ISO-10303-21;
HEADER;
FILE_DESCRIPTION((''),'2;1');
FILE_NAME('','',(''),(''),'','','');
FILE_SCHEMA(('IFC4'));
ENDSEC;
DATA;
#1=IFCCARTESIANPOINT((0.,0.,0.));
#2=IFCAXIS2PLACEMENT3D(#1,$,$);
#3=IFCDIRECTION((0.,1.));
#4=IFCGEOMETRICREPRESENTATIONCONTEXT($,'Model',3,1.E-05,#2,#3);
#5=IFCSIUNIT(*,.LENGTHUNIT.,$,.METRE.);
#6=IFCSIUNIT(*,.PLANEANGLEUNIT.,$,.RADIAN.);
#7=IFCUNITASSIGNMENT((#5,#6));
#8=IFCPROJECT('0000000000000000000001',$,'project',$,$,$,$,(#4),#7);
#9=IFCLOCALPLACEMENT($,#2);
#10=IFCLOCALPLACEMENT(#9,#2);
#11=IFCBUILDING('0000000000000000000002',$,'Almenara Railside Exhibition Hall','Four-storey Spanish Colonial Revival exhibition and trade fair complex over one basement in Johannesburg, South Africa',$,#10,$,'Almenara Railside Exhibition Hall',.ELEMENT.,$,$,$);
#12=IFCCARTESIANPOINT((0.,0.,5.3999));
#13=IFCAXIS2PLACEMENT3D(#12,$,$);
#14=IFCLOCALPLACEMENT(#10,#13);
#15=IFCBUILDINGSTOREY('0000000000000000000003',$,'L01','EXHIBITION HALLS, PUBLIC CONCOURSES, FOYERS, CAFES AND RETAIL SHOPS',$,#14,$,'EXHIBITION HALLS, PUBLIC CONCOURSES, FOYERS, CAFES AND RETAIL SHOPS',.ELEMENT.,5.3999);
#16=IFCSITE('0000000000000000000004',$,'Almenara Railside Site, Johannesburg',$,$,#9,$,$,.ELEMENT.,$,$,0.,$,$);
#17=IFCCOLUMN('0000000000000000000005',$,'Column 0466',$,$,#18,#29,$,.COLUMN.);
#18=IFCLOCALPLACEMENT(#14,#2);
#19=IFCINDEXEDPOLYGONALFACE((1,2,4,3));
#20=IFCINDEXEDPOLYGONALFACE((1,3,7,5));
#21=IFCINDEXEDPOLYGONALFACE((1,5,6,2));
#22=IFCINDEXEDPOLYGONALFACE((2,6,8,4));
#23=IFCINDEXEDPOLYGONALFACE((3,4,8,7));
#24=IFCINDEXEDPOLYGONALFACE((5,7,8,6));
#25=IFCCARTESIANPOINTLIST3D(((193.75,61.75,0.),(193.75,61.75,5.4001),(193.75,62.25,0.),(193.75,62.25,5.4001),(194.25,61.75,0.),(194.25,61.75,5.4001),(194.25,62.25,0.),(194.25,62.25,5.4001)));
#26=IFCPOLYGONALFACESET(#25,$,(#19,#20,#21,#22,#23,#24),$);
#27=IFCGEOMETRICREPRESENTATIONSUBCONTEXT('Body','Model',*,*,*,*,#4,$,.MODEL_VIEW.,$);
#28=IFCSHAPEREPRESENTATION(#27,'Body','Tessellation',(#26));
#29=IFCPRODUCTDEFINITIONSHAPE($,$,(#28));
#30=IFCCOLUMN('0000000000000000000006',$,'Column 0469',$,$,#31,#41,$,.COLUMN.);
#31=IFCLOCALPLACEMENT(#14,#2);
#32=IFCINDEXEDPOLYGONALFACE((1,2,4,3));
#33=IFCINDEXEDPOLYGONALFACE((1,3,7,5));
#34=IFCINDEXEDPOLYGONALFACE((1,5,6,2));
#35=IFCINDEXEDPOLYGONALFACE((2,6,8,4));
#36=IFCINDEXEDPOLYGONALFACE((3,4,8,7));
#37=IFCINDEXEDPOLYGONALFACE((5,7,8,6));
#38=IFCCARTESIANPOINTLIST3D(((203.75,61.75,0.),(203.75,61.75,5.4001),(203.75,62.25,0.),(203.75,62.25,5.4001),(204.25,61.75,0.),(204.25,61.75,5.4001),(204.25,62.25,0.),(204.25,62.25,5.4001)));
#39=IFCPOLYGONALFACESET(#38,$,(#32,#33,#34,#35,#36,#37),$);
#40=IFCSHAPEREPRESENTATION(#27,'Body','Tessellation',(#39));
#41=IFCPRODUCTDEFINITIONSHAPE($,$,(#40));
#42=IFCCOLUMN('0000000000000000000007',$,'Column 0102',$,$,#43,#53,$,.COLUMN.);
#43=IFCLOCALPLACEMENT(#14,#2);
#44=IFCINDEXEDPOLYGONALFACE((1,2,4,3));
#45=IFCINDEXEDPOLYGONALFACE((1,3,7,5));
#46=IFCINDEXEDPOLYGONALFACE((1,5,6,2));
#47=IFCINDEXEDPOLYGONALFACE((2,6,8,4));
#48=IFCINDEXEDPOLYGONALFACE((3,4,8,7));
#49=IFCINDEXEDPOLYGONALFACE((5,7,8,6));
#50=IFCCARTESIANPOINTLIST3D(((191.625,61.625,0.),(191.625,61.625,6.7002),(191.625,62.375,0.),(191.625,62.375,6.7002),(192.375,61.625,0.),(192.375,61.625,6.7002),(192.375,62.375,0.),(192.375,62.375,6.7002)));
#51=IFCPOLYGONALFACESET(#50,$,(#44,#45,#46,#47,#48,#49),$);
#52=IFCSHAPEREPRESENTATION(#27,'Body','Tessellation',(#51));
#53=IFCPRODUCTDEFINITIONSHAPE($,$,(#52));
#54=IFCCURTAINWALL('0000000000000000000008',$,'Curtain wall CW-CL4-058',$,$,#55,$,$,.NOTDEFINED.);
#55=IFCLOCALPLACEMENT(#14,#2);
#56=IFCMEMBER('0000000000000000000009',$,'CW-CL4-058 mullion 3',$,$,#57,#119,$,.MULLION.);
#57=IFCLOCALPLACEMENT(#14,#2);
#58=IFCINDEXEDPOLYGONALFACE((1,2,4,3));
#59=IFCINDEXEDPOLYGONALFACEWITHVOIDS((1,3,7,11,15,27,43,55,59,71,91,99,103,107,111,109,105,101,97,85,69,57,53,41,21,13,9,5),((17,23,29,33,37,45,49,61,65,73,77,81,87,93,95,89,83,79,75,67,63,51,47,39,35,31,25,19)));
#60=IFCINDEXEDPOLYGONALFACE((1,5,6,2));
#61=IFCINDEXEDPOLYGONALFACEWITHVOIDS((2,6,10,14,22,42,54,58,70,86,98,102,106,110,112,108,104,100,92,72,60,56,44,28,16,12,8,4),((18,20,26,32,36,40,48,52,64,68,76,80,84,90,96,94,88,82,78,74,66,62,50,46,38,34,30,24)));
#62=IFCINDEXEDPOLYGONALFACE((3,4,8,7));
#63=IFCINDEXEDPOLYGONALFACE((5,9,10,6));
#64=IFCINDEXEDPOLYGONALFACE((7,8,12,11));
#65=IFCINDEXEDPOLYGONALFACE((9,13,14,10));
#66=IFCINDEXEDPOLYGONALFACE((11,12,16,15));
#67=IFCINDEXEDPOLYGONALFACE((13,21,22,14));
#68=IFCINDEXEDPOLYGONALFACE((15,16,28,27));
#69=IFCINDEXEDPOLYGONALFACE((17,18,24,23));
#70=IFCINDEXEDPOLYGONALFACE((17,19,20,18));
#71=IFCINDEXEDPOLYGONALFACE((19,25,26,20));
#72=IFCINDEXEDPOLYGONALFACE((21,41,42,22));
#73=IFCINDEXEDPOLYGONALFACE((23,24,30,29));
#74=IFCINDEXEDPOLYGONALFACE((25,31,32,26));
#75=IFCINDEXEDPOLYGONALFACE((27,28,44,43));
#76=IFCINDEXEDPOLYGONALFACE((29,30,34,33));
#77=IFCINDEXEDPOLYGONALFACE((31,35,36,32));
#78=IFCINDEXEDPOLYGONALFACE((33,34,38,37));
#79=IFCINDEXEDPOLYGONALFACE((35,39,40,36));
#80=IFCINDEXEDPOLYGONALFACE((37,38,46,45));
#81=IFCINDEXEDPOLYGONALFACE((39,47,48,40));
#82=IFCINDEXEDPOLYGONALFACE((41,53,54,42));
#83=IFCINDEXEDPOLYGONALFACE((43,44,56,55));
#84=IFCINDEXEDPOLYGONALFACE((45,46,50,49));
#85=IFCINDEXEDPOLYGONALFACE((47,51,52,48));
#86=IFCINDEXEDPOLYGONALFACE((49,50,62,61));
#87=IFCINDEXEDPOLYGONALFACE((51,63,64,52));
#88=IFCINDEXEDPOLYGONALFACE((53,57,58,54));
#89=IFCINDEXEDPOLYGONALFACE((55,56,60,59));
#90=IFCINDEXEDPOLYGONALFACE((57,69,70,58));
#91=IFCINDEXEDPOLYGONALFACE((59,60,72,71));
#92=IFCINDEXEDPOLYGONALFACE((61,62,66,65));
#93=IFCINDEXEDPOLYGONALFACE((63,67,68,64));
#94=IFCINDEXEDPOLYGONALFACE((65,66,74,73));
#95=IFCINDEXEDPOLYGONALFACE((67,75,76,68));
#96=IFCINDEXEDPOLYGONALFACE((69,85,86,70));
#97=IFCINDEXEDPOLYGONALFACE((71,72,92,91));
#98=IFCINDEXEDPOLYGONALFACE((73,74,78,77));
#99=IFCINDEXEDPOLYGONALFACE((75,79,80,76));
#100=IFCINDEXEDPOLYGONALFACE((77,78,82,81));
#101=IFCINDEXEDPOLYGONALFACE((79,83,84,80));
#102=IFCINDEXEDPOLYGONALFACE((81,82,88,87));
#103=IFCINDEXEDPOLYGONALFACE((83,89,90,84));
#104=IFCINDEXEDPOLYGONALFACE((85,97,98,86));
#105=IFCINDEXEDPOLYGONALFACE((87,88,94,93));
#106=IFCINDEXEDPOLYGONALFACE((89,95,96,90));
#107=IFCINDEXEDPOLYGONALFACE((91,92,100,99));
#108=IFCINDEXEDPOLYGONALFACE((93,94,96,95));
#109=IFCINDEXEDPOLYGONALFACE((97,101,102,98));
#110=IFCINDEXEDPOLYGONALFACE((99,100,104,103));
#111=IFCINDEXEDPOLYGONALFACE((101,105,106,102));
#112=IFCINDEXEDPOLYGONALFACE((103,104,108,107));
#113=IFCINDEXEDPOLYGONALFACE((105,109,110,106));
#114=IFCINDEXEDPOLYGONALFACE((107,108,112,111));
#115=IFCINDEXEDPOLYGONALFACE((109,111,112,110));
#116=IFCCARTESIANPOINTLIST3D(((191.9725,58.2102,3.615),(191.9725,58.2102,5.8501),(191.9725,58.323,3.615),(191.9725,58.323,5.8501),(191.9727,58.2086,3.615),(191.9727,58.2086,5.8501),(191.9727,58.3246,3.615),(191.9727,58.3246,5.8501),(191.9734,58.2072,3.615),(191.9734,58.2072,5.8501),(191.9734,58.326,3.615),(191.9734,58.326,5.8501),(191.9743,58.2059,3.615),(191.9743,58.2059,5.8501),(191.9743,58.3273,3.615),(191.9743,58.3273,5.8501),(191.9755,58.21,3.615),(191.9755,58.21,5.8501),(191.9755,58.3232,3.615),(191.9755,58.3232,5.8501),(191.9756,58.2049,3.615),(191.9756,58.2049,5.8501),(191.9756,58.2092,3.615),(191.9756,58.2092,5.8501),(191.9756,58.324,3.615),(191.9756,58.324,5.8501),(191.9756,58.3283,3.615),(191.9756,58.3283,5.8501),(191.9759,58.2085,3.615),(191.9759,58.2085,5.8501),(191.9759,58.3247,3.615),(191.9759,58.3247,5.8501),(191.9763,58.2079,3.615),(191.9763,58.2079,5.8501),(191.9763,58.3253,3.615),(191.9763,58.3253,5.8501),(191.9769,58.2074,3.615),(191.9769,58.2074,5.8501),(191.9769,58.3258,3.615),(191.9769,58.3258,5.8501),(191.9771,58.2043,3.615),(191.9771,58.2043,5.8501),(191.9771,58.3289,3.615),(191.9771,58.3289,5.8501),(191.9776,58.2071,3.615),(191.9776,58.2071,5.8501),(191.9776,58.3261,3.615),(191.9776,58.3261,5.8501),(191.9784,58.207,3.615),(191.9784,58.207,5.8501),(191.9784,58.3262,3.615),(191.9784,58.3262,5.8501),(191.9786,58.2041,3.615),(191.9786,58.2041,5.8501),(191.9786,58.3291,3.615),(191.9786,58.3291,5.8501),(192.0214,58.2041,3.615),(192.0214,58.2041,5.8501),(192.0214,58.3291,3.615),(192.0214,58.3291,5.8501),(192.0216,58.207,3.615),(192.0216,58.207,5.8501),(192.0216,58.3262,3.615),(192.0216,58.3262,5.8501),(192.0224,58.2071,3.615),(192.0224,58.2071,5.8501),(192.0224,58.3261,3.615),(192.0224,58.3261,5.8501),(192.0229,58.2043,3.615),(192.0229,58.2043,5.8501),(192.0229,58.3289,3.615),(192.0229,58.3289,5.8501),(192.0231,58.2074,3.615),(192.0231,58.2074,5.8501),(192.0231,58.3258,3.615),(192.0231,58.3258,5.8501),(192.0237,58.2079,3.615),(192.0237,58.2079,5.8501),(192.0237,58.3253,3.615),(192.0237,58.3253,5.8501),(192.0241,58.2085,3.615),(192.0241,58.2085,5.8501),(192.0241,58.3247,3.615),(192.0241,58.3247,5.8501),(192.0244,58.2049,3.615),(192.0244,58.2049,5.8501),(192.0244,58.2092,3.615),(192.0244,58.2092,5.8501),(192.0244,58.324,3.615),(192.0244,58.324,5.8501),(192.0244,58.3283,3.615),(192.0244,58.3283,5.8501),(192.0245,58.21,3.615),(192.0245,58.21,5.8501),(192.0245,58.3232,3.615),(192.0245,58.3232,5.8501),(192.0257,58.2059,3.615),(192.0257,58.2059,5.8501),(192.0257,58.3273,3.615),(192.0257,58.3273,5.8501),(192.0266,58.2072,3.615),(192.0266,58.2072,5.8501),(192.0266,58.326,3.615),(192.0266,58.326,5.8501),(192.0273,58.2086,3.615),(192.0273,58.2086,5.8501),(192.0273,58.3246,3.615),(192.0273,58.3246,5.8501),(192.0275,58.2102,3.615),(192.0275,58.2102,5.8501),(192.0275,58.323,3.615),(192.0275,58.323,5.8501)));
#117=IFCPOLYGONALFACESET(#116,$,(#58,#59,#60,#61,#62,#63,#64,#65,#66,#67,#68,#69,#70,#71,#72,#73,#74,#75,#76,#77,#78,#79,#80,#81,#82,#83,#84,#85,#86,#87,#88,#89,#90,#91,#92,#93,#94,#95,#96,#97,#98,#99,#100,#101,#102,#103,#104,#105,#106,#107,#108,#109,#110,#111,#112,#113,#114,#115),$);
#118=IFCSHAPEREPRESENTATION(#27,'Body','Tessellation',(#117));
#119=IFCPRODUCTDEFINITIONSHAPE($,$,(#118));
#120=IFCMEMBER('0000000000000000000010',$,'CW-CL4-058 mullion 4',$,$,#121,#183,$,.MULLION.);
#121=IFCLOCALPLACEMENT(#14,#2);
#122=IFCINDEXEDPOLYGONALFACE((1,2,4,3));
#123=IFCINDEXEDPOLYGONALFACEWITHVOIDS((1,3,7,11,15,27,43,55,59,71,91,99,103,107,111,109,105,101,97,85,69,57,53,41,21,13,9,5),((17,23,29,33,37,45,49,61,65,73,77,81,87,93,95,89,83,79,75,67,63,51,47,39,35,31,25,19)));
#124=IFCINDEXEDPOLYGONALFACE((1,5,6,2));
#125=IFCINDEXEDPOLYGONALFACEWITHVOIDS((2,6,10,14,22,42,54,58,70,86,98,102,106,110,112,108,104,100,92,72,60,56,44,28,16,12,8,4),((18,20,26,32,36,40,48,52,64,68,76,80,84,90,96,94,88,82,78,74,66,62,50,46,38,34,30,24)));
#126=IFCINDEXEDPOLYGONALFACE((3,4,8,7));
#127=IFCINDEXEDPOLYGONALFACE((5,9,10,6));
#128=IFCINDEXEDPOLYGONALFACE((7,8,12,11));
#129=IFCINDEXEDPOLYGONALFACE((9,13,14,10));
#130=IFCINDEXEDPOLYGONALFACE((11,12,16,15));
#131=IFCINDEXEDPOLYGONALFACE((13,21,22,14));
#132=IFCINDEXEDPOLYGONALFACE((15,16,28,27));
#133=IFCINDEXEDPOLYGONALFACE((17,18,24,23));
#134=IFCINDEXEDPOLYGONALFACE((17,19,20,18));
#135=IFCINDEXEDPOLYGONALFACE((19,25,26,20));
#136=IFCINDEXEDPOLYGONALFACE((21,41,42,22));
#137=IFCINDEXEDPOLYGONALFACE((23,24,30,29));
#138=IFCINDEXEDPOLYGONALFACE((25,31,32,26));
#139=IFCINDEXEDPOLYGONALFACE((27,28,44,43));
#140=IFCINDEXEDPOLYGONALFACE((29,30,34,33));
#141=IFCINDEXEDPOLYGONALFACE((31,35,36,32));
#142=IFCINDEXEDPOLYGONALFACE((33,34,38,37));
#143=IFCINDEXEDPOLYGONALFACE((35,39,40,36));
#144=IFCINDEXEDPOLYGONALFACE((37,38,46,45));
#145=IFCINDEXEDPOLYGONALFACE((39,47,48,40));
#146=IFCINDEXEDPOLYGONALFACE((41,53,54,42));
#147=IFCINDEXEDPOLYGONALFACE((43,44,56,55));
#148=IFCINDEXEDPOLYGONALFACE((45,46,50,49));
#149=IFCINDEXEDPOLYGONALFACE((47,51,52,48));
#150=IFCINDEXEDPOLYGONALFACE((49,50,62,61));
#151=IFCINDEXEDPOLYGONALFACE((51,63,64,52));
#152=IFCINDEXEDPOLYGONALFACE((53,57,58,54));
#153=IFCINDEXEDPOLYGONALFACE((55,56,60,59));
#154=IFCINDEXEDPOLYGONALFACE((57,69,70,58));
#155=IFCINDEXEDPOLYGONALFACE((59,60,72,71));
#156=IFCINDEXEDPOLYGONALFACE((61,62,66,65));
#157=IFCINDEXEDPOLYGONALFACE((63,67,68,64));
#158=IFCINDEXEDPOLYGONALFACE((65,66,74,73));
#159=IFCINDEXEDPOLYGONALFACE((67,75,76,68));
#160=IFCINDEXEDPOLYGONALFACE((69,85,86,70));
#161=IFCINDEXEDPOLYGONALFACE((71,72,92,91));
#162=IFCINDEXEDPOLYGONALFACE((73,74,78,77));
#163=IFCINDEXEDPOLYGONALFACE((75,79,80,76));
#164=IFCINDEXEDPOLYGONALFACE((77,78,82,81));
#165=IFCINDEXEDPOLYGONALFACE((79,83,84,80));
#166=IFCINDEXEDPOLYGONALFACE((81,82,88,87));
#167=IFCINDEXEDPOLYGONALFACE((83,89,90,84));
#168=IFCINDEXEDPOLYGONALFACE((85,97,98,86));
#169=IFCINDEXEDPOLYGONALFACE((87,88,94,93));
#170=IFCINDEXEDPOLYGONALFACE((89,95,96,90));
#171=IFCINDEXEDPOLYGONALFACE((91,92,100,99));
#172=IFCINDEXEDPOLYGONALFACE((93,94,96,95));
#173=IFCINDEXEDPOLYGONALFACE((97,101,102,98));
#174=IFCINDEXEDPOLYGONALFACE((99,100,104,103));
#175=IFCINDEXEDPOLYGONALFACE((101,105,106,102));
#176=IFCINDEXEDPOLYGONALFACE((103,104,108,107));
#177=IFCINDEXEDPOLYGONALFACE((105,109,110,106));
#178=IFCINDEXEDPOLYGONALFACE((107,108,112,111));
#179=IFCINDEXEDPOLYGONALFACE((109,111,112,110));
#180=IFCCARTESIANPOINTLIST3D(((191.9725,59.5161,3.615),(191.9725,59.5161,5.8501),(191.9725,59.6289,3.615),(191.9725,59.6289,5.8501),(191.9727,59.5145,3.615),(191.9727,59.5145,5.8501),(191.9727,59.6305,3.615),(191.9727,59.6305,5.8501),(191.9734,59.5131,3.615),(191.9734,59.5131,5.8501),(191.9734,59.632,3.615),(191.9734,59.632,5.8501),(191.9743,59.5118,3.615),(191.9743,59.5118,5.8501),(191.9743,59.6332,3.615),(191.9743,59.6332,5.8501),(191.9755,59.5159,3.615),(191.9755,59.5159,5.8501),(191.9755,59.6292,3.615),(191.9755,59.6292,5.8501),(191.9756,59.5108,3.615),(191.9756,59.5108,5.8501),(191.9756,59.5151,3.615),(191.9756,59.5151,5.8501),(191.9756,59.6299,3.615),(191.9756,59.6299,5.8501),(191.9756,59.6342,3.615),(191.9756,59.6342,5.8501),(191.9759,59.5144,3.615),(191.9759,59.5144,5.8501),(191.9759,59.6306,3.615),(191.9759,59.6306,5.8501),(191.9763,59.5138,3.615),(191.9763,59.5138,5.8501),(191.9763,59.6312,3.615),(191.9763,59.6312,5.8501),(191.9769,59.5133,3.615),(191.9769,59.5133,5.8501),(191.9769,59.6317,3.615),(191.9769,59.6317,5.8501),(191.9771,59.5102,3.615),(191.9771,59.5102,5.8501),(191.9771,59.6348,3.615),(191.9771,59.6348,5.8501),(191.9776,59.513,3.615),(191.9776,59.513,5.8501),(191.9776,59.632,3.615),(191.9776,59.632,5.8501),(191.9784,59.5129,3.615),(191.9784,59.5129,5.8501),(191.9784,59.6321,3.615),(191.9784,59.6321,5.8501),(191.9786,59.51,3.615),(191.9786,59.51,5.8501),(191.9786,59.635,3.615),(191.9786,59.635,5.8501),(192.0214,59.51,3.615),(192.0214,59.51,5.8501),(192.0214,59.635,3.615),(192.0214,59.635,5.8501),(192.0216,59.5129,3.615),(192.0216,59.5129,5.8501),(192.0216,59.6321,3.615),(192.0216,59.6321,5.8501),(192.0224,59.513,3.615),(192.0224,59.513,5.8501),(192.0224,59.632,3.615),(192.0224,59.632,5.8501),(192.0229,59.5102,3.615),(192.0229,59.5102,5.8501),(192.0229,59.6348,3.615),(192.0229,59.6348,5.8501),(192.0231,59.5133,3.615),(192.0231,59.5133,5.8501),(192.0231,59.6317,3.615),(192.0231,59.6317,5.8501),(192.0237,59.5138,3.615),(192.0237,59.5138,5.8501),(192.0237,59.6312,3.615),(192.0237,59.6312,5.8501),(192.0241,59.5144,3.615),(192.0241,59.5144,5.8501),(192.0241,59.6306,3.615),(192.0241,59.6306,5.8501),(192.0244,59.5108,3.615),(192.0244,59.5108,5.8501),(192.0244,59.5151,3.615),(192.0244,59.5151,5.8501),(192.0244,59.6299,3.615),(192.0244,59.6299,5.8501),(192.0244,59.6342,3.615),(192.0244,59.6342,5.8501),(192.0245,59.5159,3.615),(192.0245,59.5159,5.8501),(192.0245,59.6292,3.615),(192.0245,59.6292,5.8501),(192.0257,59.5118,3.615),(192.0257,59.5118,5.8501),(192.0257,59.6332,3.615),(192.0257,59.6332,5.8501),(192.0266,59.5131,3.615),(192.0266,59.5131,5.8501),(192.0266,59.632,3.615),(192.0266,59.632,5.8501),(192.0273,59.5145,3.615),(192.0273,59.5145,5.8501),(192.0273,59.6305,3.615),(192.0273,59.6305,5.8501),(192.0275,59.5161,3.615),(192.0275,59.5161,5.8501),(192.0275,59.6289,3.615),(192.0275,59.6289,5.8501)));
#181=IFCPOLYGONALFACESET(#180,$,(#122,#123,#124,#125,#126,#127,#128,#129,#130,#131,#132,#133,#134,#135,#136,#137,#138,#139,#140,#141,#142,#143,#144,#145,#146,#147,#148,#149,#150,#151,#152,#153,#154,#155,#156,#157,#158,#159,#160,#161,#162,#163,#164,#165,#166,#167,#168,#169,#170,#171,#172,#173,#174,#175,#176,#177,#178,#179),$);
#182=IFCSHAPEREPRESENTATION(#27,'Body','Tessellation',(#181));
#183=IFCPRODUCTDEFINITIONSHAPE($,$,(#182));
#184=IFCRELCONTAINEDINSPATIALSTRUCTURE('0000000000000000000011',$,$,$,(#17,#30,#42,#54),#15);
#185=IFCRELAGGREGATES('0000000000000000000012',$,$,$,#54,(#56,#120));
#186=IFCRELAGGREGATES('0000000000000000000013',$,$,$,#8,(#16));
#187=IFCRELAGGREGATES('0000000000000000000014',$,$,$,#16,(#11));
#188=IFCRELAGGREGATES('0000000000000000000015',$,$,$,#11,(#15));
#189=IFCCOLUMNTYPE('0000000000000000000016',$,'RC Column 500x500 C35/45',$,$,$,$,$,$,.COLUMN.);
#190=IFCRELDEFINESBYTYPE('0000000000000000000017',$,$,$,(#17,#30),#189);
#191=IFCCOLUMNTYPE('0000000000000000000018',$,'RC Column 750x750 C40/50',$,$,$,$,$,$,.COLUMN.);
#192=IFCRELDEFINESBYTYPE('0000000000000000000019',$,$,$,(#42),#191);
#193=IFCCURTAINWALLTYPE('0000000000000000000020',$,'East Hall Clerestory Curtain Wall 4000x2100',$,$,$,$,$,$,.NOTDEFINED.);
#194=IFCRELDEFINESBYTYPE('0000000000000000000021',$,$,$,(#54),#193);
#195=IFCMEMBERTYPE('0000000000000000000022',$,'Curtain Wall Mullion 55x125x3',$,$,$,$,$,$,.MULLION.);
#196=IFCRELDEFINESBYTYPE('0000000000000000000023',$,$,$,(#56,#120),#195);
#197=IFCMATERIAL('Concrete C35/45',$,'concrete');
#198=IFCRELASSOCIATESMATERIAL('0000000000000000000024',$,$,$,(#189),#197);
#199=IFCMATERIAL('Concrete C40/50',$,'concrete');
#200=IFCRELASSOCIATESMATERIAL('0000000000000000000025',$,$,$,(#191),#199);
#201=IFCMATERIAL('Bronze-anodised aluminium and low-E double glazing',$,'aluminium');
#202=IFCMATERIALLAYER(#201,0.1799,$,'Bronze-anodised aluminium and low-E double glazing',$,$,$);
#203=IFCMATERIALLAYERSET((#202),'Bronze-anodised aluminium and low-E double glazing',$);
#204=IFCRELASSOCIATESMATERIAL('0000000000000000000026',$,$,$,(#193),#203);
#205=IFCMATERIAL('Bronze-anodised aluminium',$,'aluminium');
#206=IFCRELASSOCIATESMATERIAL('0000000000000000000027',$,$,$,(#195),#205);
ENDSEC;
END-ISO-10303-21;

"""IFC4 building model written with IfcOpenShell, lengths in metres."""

from ifc_helpers import new_model, si_unit, direction, frame, origin, origin_2d, place, context, subcontext, project, spatial, rectangle, hollow_rectangle, extrude, material, layer, layer_set, material_profile, profile_set, type_object, element, aggregate, save


model = new_model("IFC4")

# Units and contexts
model_context = context("Model", 3, precision=1e-05, world=origin(), true_north=direction((0.0, 1.0)))
body_context = subcontext(model_context, "Body", "Model", "MODEL_VIEW")
ifc_project = project(units=[si_unit("LENGTHUNIT", "METRE"), si_unit("PLANEANGLEUNIT", "RADIAN")], contexts=[model_context])

# Site, building, storey
site_placement = place(None, origin())
site = spatial("IfcSite", under=ifc_project, at=site_placement, Name="Almenara Railside Site, Johannesburg", CompositionType="ELEMENT", RefElevation=0.0)
building_placement = place(site_placement, origin())
building = spatial("IfcBuilding", under=site, at=building_placement, Name="Almenara Railside Exhibition Hall", Description="Four-storey Spanish Colonial Revival exhibition and trade fair complex over one basement in Johannesburg, South Africa", LongName="Almenara Railside Exhibition Hall", CompositionType="ELEMENT")
storey_placement = place(building_placement, frame((0.0, 0.0, 5.3999)))
storey = spatial("IfcBuildingStorey", under=building, at=storey_placement, Name="L01", Description="EXHIBITION HALLS, PUBLIC CONCOURSES, FOYERS, CAFES AND RETAIL SHOPS", LongName="EXHIBITION HALLS, PUBLIC CONCOURSES, FOYERS, CAFES AND RETAIL SHOPS", CompositionType="ELEMENT", Elevation=5.3999)

# Columns
ifc_material_1 = material(Name="Concrete C35/45", Category="concrete")
ifc_material_profile_1 = material_profile(ifc_material_1, rectangle(XDim=0.5, YDim=0.5, at=origin_2d()), Name="RC 500x500")
ifc_profile_set_1 = profile_set([ifc_material_profile_1], Name="Concrete C35/45")
column_type_1 = type_object("IfcColumnType", Name="RC Column 500x500 C35/45", PredefinedType="COLUMN", material=ifc_profile_set_1)
for number, where, z_axis, x_axis, name in (
    (1, (194.0, 62.0, 0.0), (0.0, 0.0, 1.0), (1.0, 0.0, 0.0), "Column 0466"),
    (2, (204.0, 62.0, 0.0), (0.0, 0.0, 1.0), (1.0, 0.0, 0.0), "Column 0469"),
):
    element("IfcColumn", number, at=place(storey_placement, frame(where, z_axis=z_axis, x_axis=x_axis)), inside=storey, type_object=column_type_1, Name=name, PredefinedType="COLUMN", context=body_context, shape_type="SweptSolid", body=[
        extrude(rectangle(XDim=0.5, YDim=0.5, at=origin_2d()), origin(), (0.0, 0.0, 1.0), 5.4001),
    ])
ifc_material_2 = material(Name="Concrete C40/50", Category="concrete")
ifc_material_profile_2 = material_profile(ifc_material_2, rectangle(XDim=0.75, YDim=0.75, at=origin_2d()), Name="RC 750x750")
ifc_profile_set_2 = profile_set([ifc_material_profile_2], Name="Concrete C40/50")
column_type_2 = type_object("IfcColumnType", Name="RC Column 750x750 C40/50", PredefinedType="COLUMN", material=ifc_profile_set_2)
column_placement = place(storey_placement, frame((192.0, 62.0, 0.0), z_axis=(0.0, 0.0, 1.0), x_axis=(1.0, 0.0, 0.0)))
element("IfcColumn", 3, at=column_placement, inside=storey, type_object=column_type_2, Name="Column 0102", PredefinedType="COLUMN", context=body_context, shape_type="SweptSolid", body=[
    extrude(rectangle(XDim=0.75, YDim=0.75, at=origin_2d()), origin(), (0.0, 0.0, 1.0), 6.7002),
])

# Curtain wall, members
ifc_material_3 = material(Name="Bronze-anodised aluminium and low-E double glazing", Category="aluminium")
ifc_layer_1 = layer(ifc_material_3, 0.1799, Name="Bronze-anodised aluminium and low-E double glazing")
ifc_layer_set_1 = layer_set([ifc_layer_1], Name="Bronze-anodised aluminium and low-E double glazing")
curtain_wall_type = type_object("IfcCurtainWallType", Name="East Hall Clerestory Curtain Wall 4000x2100", PredefinedType="NOTDEFINED", material=ifc_layer_set_1)
curtain_wall_placement = place(storey_placement, origin())
curtain_wall = element("IfcCurtainWall", 4, at=curtain_wall_placement, inside=storey, type_object=curtain_wall_type, Name="Curtain wall CW-CL4-058", PredefinedType="NOTDEFINED")
ifc_material_4 = material(Name="Bronze-anodised aluminium", Category="aluminium")
ifc_material_profile_3 = material_profile(ifc_material_4, hollow_rectangle(XDim=0.0549, YDim=0.125, WallThickness=0.0029, InnerFilletRadius=0.0029, OuterFilletRadius=0.0061, at=origin_2d()), Name="ALU-MUL 55x125x3")
ifc_profile_set_3 = profile_set([ifc_material_profile_3], Name="Bronze-anodised aluminium")
member_type_1 = type_object("IfcMemberType", Name="Curtain Wall Mullion 55x125x3", PredefinedType="MULLION", material=ifc_profile_set_3)
member_1_placement = place(storey_placement, frame((192.0, 58.2666, 3.615), z_axis=(0.0, 0.0, 1.0), x_axis=(-1.0, 0.0, 0.0)))
member_1 = element("IfcMember", 5, at=member_1_placement, type_object=member_type_1, Name="CW-CL4-058 mullion 3", PredefinedType="MULLION", context=body_context, shape_type="SweptSolid", body=[
    extrude(hollow_rectangle(XDim=0.0549, YDim=0.125, WallThickness=0.0029, InnerFilletRadius=0.0029, OuterFilletRadius=0.0061, at=origin_2d()), origin(), (0.0, 0.0, 1.0), 2.2351),
])
member_2_placement = place(storey_placement, frame((192.0, 59.5725, 3.615), z_axis=(0.0, 0.0, 1.0), x_axis=(-1.0, 0.0, 0.0)))
member_2 = element("IfcMember", 6, at=member_2_placement, type_object=member_type_1, Name="CW-CL4-058 mullion 4", PredefinedType="MULLION", context=body_context, shape_type="SweptSolid", body=[
    extrude(hollow_rectangle(XDim=0.0549, YDim=0.125, WallThickness=0.0029, InnerFilletRadius=0.0029, OuterFilletRadius=0.0061, at=origin_2d()), origin(), (0.0, 0.0, 1.0), 2.2351),
])

aggregate(curtain_wall, [member_1, member_2])

save(model, "model.ifc")
